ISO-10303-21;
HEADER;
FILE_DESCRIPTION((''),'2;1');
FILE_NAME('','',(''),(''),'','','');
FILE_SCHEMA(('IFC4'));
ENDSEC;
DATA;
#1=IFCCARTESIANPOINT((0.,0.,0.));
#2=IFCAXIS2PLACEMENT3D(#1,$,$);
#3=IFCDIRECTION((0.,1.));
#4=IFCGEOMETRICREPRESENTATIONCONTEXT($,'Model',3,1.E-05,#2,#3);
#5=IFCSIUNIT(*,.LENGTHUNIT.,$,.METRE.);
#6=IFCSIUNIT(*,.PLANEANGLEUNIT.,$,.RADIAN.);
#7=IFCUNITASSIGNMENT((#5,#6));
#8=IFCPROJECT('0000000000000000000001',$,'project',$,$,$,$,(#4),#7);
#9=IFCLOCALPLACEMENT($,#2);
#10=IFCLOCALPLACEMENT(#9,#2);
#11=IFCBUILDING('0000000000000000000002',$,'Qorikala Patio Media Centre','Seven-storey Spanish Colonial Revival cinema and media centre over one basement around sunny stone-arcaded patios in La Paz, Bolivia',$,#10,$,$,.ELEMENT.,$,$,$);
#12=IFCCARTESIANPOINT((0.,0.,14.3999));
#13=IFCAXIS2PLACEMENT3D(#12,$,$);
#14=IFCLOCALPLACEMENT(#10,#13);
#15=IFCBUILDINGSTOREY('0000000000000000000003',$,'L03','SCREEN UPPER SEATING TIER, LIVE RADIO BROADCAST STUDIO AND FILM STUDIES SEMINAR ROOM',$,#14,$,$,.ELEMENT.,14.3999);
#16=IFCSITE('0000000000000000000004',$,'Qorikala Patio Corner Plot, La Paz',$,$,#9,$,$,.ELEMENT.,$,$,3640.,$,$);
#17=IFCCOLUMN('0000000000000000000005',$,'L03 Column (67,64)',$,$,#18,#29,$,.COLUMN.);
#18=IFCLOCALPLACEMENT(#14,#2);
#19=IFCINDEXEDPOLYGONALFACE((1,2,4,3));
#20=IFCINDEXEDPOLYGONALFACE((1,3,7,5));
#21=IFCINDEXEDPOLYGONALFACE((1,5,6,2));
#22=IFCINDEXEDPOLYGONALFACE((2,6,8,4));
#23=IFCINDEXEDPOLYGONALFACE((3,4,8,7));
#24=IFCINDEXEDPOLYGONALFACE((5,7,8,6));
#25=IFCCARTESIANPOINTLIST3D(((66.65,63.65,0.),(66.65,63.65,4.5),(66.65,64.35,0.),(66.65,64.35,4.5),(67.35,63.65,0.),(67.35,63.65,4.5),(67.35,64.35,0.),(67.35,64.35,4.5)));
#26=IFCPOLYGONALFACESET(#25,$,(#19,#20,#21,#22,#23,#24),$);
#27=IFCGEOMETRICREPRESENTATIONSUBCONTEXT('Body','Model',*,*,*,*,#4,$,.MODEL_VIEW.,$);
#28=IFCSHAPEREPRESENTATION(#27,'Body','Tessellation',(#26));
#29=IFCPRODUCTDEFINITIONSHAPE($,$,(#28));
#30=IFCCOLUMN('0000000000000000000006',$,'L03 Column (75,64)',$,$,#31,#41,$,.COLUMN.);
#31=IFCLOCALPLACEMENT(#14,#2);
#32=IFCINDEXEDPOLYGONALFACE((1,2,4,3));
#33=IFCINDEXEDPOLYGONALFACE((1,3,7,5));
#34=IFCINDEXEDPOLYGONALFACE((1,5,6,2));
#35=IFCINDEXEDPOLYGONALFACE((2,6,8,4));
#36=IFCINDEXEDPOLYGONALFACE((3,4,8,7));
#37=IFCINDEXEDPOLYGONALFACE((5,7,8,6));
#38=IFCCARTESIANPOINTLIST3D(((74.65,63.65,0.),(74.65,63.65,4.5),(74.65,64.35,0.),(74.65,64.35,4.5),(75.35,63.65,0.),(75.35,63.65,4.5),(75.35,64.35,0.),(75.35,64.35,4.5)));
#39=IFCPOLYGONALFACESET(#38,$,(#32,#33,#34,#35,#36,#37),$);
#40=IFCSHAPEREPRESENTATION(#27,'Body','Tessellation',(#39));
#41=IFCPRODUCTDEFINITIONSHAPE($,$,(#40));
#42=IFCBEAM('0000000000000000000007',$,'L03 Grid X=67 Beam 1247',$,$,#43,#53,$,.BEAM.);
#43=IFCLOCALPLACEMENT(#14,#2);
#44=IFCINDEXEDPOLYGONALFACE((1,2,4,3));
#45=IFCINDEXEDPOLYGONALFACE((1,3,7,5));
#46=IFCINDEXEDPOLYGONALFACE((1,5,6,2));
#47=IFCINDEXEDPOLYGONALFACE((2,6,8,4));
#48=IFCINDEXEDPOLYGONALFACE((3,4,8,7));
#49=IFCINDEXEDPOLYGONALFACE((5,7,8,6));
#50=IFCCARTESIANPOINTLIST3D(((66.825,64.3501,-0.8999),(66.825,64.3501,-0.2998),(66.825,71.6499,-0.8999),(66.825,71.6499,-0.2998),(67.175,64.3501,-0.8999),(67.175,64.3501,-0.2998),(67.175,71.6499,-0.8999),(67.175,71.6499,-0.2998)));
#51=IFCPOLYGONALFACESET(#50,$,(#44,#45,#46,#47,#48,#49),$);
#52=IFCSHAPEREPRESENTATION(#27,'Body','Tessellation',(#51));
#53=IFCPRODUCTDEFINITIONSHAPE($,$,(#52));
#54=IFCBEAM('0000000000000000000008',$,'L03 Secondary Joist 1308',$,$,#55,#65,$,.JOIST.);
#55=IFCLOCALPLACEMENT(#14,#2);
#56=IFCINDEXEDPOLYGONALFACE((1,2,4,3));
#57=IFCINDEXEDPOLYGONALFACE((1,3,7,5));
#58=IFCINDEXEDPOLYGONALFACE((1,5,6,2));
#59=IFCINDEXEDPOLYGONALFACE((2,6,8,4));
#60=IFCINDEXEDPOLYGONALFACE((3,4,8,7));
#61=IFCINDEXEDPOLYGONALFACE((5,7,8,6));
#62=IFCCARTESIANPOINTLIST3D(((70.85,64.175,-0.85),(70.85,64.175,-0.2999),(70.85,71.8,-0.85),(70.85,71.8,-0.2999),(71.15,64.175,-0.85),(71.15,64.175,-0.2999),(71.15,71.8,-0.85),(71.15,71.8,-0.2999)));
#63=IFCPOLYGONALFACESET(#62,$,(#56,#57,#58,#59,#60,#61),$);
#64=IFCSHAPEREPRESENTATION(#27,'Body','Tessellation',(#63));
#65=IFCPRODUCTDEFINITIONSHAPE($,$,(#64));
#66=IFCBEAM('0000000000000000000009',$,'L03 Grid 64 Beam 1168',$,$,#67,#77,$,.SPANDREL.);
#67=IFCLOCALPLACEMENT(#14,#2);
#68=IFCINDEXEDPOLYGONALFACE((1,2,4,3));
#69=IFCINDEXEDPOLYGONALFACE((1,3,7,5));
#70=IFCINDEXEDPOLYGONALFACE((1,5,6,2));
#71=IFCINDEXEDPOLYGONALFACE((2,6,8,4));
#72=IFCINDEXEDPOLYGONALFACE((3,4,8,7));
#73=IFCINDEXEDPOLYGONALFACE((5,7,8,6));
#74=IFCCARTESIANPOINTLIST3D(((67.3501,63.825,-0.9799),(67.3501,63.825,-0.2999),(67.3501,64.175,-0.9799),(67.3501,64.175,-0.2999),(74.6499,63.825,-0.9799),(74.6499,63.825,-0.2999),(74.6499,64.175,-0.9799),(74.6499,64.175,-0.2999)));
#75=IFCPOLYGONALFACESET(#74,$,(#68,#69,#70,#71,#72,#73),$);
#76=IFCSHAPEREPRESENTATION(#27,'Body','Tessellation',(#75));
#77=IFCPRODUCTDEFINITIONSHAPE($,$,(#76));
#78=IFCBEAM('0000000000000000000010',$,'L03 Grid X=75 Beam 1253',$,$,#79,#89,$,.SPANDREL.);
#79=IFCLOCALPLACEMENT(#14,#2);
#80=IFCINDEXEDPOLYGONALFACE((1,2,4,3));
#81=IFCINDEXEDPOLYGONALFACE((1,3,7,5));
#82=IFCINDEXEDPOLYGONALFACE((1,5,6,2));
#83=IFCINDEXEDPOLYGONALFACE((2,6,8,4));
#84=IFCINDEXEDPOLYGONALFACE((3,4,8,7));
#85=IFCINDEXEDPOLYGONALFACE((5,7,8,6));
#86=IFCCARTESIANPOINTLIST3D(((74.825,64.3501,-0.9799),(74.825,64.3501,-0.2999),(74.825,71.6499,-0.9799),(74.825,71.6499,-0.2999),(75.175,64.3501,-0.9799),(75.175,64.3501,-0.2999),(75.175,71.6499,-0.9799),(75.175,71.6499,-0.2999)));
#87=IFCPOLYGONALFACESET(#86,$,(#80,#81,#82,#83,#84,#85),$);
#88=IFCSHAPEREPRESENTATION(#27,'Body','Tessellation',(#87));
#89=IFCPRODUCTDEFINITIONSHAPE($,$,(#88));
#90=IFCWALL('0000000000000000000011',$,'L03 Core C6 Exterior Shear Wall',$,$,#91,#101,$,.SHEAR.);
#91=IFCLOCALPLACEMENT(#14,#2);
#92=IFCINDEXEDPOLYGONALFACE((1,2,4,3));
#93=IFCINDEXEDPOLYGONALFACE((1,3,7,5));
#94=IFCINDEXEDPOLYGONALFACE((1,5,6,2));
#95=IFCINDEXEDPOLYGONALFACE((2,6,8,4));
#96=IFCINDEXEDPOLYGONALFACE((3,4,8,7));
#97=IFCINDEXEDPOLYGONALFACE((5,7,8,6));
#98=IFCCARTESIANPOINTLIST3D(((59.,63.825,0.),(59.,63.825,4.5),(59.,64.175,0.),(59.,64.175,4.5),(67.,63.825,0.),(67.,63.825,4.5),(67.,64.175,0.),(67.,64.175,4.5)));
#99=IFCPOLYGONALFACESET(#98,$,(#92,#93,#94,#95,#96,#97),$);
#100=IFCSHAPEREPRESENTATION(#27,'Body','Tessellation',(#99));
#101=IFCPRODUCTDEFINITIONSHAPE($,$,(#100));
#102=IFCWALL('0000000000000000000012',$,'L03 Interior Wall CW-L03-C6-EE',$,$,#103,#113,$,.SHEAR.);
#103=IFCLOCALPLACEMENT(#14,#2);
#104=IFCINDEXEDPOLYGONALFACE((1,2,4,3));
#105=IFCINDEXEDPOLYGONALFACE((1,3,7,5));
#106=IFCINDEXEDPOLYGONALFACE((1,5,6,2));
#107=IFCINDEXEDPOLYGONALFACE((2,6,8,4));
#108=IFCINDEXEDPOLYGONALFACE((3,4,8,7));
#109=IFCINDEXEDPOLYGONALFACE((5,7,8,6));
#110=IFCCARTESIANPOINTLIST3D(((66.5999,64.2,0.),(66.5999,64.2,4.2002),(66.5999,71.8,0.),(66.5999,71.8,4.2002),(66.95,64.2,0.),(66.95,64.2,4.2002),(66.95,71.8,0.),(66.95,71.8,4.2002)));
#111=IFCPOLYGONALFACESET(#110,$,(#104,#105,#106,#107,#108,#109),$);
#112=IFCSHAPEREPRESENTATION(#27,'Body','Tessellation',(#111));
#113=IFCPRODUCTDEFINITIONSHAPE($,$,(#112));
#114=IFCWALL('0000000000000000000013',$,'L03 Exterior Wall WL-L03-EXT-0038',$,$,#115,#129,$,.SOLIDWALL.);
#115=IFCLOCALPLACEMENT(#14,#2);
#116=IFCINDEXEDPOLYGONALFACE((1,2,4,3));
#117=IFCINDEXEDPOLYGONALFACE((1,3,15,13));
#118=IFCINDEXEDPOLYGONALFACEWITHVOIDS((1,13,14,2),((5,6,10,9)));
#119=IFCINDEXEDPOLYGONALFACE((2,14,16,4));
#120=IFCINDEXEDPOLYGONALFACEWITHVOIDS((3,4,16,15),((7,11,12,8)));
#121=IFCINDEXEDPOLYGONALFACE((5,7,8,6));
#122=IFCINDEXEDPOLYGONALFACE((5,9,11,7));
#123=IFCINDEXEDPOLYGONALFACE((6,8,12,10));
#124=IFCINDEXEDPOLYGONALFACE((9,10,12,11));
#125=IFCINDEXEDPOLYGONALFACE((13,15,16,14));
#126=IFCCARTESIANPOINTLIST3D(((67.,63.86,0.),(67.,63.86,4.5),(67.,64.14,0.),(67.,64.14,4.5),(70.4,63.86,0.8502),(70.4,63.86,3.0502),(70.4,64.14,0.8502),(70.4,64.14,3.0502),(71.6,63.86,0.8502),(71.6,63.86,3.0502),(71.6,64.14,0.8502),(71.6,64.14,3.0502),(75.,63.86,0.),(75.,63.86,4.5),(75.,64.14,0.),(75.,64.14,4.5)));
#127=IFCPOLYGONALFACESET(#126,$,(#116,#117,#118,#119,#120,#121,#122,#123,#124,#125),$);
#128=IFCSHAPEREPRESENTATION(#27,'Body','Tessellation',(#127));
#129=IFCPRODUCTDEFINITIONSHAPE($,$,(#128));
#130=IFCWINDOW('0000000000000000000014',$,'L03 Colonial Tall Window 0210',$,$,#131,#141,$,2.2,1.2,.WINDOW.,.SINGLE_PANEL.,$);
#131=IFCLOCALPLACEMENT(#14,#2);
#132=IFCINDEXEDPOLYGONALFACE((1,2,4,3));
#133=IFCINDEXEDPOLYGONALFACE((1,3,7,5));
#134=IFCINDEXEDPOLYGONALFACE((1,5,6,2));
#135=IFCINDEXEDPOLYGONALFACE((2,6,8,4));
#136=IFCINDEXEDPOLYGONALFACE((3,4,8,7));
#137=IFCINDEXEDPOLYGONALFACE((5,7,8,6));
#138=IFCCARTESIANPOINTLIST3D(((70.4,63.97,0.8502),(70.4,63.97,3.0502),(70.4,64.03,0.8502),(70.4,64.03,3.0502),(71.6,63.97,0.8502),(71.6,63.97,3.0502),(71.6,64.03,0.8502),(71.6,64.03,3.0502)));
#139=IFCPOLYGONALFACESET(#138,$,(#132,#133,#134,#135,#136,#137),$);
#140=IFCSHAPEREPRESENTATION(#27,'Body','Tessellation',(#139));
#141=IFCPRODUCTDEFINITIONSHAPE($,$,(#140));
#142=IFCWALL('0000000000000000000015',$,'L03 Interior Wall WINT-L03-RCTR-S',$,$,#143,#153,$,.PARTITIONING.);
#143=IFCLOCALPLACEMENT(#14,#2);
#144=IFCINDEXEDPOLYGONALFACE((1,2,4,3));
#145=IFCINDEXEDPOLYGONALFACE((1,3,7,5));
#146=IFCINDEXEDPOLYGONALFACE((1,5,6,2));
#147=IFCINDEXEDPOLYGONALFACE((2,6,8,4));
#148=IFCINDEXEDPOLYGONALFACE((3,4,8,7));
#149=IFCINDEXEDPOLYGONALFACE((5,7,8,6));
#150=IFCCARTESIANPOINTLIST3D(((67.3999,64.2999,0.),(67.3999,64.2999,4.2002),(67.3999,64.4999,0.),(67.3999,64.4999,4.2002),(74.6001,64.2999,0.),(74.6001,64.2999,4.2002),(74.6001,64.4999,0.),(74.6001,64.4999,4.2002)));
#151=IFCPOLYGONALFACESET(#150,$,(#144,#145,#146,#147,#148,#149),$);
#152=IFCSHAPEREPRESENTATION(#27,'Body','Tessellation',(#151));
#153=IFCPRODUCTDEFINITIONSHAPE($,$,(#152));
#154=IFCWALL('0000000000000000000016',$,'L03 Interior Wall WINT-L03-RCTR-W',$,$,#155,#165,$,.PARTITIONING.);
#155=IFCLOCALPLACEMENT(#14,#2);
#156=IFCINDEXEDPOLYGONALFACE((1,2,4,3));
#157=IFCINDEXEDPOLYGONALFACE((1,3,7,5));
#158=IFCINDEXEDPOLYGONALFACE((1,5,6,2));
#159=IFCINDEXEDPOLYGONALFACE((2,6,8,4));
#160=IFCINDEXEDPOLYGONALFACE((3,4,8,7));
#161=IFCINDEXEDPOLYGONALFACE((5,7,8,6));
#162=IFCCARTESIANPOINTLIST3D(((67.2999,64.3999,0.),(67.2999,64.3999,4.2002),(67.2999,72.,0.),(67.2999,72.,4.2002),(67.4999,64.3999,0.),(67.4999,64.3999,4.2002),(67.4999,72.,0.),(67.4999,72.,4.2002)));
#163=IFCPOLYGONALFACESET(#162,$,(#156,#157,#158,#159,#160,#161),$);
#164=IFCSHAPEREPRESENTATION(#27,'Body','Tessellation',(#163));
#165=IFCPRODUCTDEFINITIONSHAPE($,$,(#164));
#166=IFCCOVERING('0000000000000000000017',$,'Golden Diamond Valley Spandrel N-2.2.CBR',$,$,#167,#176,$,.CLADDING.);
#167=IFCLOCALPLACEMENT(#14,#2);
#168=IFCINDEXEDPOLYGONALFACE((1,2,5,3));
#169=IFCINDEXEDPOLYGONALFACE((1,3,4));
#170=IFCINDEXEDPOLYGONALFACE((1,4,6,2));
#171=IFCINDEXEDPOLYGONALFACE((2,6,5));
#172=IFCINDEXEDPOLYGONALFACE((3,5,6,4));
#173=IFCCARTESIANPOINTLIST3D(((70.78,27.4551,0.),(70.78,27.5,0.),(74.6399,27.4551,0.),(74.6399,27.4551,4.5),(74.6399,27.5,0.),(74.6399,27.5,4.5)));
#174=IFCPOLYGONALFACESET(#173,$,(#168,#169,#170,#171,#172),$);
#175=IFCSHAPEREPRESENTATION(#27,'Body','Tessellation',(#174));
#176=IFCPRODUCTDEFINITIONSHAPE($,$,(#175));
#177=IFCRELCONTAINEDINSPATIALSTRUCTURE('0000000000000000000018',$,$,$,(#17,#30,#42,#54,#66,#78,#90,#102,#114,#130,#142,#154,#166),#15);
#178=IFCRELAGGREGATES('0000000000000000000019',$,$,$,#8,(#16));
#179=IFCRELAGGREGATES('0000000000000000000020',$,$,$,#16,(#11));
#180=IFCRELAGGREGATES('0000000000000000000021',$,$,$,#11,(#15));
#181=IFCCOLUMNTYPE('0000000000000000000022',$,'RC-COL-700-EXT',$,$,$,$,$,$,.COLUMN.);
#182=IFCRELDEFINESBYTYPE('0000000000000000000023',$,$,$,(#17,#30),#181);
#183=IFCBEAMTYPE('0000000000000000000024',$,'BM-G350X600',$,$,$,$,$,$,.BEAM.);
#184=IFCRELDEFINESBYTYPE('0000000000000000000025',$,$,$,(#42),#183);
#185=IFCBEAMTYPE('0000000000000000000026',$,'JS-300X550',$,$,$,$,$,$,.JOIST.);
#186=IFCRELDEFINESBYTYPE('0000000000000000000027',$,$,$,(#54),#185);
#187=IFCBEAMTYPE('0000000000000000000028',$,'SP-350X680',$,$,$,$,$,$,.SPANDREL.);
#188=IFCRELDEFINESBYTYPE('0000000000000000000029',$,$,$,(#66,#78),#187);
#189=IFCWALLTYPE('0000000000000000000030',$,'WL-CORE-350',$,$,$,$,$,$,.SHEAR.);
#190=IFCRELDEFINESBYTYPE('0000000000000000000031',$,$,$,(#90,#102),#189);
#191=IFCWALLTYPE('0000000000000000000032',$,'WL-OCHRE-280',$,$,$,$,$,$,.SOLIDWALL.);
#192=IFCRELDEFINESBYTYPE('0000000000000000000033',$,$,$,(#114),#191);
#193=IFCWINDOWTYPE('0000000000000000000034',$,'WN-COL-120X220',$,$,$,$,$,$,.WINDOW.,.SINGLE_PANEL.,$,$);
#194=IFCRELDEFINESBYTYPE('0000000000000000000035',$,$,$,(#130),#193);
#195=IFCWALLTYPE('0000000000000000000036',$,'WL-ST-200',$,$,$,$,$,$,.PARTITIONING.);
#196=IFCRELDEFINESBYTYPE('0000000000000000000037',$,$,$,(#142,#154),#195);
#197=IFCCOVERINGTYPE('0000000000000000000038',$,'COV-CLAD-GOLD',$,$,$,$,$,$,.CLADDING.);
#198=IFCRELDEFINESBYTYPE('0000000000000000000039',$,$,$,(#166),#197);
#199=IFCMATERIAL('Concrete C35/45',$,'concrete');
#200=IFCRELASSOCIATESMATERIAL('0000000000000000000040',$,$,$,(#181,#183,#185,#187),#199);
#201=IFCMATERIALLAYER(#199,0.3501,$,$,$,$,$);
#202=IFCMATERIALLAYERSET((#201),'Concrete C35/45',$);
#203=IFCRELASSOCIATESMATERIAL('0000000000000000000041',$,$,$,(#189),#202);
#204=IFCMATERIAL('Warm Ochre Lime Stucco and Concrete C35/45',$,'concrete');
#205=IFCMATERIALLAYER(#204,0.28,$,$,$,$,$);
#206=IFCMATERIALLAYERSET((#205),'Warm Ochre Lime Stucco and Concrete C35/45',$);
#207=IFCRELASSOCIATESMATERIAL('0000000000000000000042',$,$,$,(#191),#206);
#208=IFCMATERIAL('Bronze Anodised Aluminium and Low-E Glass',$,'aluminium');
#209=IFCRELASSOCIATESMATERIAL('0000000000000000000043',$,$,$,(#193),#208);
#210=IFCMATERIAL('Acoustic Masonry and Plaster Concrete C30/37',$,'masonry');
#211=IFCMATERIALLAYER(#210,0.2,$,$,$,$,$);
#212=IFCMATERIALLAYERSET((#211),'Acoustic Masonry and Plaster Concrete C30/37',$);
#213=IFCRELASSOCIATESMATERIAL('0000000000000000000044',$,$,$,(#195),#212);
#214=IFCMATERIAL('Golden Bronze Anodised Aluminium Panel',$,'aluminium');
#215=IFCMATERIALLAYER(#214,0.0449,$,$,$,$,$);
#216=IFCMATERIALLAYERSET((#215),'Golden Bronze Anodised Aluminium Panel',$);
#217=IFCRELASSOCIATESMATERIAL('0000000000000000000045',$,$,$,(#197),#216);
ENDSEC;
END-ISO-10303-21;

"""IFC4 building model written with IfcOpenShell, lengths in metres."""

from ifc_helpers import new_model, si_unit, direction, frame, frame_2d, origin, origin_2d, place, context, subcontext, project, spatial, polyline, rectangle, outline, extrude, material, layer, layer_set, material_profile, profile_set, type_object, element, fill, save


model = new_model("IFC4")

# Units and contexts
model_context = context("Model", 3, precision=1e-05, world=origin(), true_north=direction((0.0, 1.0)))
body_context = subcontext(model_context, "Body", "Model", "MODEL_VIEW")
ifc_project = project(units=[si_unit("LENGTHUNIT", "METRE"), si_unit("PLANEANGLEUNIT", "RADIAN")], contexts=[model_context])

# Site, building, storey
site_placement = place(None, origin())
site = spatial("IfcSite", under=ifc_project, at=site_placement, Name="Qorikala Patio Corner Plot, La Paz", CompositionType="ELEMENT", RefElevation=3640.0)
building_placement = place(site_placement, origin())
building = spatial("IfcBuilding", under=site, at=building_placement, Name="Qorikala Patio Media Centre", Description="Seven-storey Spanish Colonial Revival cinema and media centre over one basement around sunny stone-arcaded patios in La Paz, Bolivia", CompositionType="ELEMENT")
storey_placement = place(building_placement, frame((0.0, 0.0, 14.3999)))
storey = spatial("IfcBuildingStorey", under=building, at=storey_placement, Name="L03", Description="SCREEN UPPER SEATING TIER, LIVE RADIO BROADCAST STUDIO AND FILM STUDIES SEMINAR ROOM", CompositionType="ELEMENT", Elevation=14.3999)

# Columns
ifc_material_1 = material(Name="Concrete C35/45", Category="concrete")
ifc_material_profile_1 = material_profile(ifc_material_1, rectangle(XDim=0.7, YDim=0.7, at=origin_2d()), Name="RC 700x700")
ifc_profile_set_1 = profile_set([ifc_material_profile_1], Name="Concrete C35/45")
column_type = type_object("IfcColumnType", Name="RC-COL-700-EXT", PredefinedType="COLUMN", material=ifc_profile_set_1)
for number, where, z_axis, x_axis, name in (
    (1, (67.0, 64.0, 0.0), (0.0, 0.0, 1.0), (1.0, 0.0, 0.0), "L03 Column (67,64)"),
    (2, (75.0, 64.0, 0.0), (0.0, 0.0, 1.0), (1.0, 0.0, 0.0), "L03 Column (75,64)"),
):
    element("IfcColumn", number, at=place(storey_placement, frame(where, z_axis=z_axis, x_axis=x_axis)), inside=storey, type_object=column_type, Name=name, PredefinedType="COLUMN", context=body_context, shape_type="SweptSolid", body=[
        extrude(rectangle(XDim=0.7, YDim=0.7, at=origin_2d()), origin(), (0.0, 0.0, 1.0), 4.5),
    ])

# Beams
ifc_material_profile_2 = material_profile(ifc_material_1, rectangle(XDim=0.3501, YDim=0.6001, at=origin_2d()), Name="RC 350x600")
ifc_profile_set_2 = profile_set([ifc_material_profile_2], Name="Concrete C35/45")
beam_type_1 = type_object("IfcBeamType", Name="BM-G350X600", PredefinedType="BEAM", material=ifc_profile_set_2)
beam_1_placement = place(storey_placement, frame((67.0, 64.3501, -0.5999), z_axis=(0.0, 1.0, 0.0), x_axis=(-1.0, 0.0, 0.0)))
element("IfcBeam", 3, at=beam_1_placement, inside=storey, type_object=beam_type_1, Name="L03 Grid X=67 Beam 1247", PredefinedType="BEAM", context=body_context, shape_type="SweptSolid", body=[
    extrude(rectangle(XDim=0.3501, YDim=0.6001, at=origin_2d()), origin(), (0.0, 0.0, 1.0), 7.2998),
])
ifc_material_profile_3 = material_profile(ifc_material_1, rectangle(XDim=0.3, YDim=0.55, at=origin_2d()), Name="RC 300x550")
ifc_profile_set_3 = profile_set([ifc_material_profile_3], Name="Concrete C35/45")
beam_type_2 = type_object("IfcBeamType", Name="JS-300X550", PredefinedType="JOIST", material=ifc_profile_set_3)
beam_2_placement = place(storey_placement, frame((71.0, 64.175, -0.575), z_axis=(0.0, 1.0, 0.0), x_axis=(-1.0, 0.0, 0.0)))
element("IfcBeam", 4, at=beam_2_placement, inside=storey, type_object=beam_type_2, Name="L03 Secondary Joist 1308", PredefinedType="JOIST", context=body_context, shape_type="SweptSolid", body=[
    extrude(rectangle(XDim=0.3, YDim=0.55, at=origin_2d()), origin(), (0.0, 0.0, 1.0), 7.625),
])
ifc_material_profile_4 = material_profile(ifc_material_1, rectangle(XDim=0.3501, YDim=0.6799, at=origin_2d()), Name="RC 350x680")
ifc_profile_set_4 = profile_set([ifc_material_profile_4], Name="Concrete C35/45")
beam_type_3 = type_object("IfcBeamType", Name="SP-350X680", PredefinedType="SPANDREL", material=ifc_profile_set_4)
for number, where, z_axis, x_axis, name in (
    (5, (67.3501, 64.0, -0.6399), (1.0, 0.0, 0.0), (0.0, 1.0, 0.0), "L03 Grid 64 Beam 1168"),
    (6, (75.0, 64.3501, -0.6399), (0.0, 1.0, 0.0), (-1.0, 0.0, 0.0), "L03 Grid X=75 Beam 1253"),
):
    element("IfcBeam", number, at=place(storey_placement, frame(where, z_axis=z_axis, x_axis=x_axis)), inside=storey, type_object=beam_type_3, Name=name, PredefinedType="SPANDREL", context=body_context, shape_type="SweptSolid", body=[
        extrude(rectangle(XDim=0.3501, YDim=0.6799, at=origin_2d()), origin(), (0.0, 0.0, 1.0), 7.2998),
    ])

# Walls
ifc_layer_1 = layer(ifc_material_1, 0.3501)
ifc_layer_set_1 = layer_set([ifc_layer_1], Name="Concrete C35/45")
wall_type_1 = type_object("IfcWallType", Name="WL-CORE-350", PredefinedType="SHEAR", material=ifc_layer_set_1)
wall_1_placement = place(storey_placement, frame((67.0, 64.0, 0.0), z_axis=(0.0, 0.0, 1.0), x_axis=(-1.0, 0.0, 0.0)))
element("IfcWall", 7, at=wall_1_placement, inside=storey, type_object=wall_type_1, Name="L03 Core C6 Exterior Shear Wall", PredefinedType="SHEAR", context=body_context, shape_type="SweptSolid", body=[
    extrude(rectangle(XDim=8.0, YDim=0.3501, at=frame_2d((4.0, 0.0))), origin(), (0.0, 0.0, 1.0), 4.5),
])
wall_2_placement = place(storey_placement, frame((66.7749, 64.2, 0.0), z_axis=(0.0, 0.0, 1.0), x_axis=(0.0, 1.0, 0.0)))
element("IfcWall", 8, at=wall_2_placement, inside=storey, type_object=wall_type_1, Name="L03 Interior Wall CW-L03-C6-EE", PredefinedType="SHEAR", context=body_context, shape_type="SweptSolid", body=[
    extrude(rectangle(XDim=7.6001, YDim=0.3501, at=frame_2d((3.8, 0.0))), origin(), (0.0, 0.0, 1.0), 4.2002),
])

# Wall, opening, window
ifc_material_2 = material(Name="Warm Ochre Lime Stucco and Concrete C35/45", Category="concrete")
ifc_layer_2 = layer(ifc_material_2, 0.28)
ifc_layer_set_2 = layer_set([ifc_layer_2], Name="Warm Ochre Lime Stucco and Concrete C35/45")
wall_type_2 = type_object("IfcWallType", Name="WL-OCHRE-280", PredefinedType="SOLIDWALL", material=ifc_layer_set_2)
wall_3_placement = place(storey_placement, frame((75.0, 64.0, 0.0), z_axis=(0.0, 0.0, 1.0), x_axis=(-1.0, 0.0, 0.0)))
wall_3 = element("IfcWall", 9, at=wall_3_placement, inside=storey, type_object=wall_type_2, Name="L03 Exterior Wall WL-L03-EXT-0038", PredefinedType="SOLIDWALL", context=body_context, shape_type="SweptSolid", body=[
    extrude(rectangle(XDim=8.0, YDim=0.28, at=frame_2d((4.0, 0.0))), origin(), (0.0, 0.0, 1.0), 4.5),
])
opening_placement = place(wall_3_placement, frame((3.3999, 0.0, 0.8501)))
opening = element("IfcOpeningElement", 10, at=opening_placement, cuts=wall_3, PredefinedType="OPENING", context=body_context, shape_type="SweptSolid", body=[
    extrude(rectangle(XDim=1.2, YDim=2.2, at=frame_2d((0.6001, 1.1001))), frame((0.0, 0.1499, 0.0), z_axis=(0.0, -1.0, 0.0), x_axis=(1.0, 0.0, 0.0)), (0.0, 0.0, 1.0), 0.3),
])
ifc_material_3 = material(Name="Bronze Anodised Aluminium and Low-E Glass", Category="aluminium")
window_type = type_object("IfcWindowType", Name="WN-COL-120X220", PartitioningType="SINGLE_PANEL", PredefinedType="WINDOW", material=ifc_material_3)
window_placement = place(opening_placement, origin())
window = element("IfcWindow", 11, at=window_placement, inside=storey, type_object=window_type, Name="L03 Colonial Tall Window 0210", OverallHeight=2.2, OverallWidth=1.2, PartitioningType="SINGLE_PANEL", PredefinedType="WINDOW", context=body_context, shape_type="SweptSolid", body=[
    extrude(rectangle(XDim=1.2, YDim=2.2, at=frame_2d((0.6001, 1.1001))), frame((0.0, 0.03, 0.0), z_axis=(0.0, -1.0, 0.0), x_axis=(1.0, 0.0, 0.0)), (0.0, 0.0, 1.0), 0.0601),
])
fill(opening, window)

# Walls
ifc_material_4 = material(Name="Acoustic Masonry and Plaster Concrete C30/37", Category="masonry")
ifc_layer_3 = layer(ifc_material_4, 0.2)
ifc_layer_set_3 = layer_set([ifc_layer_3], Name="Acoustic Masonry and Plaster Concrete C30/37")
wall_type_3 = type_object("IfcWallType", Name="WL-ST-200", PredefinedType="PARTITIONING", material=ifc_layer_set_3)
wall_4_placement = place(storey_placement, frame((67.3999, 64.3999, 0.0), z_axis=(0.0, 0.0, 1.0), x_axis=(1.0, 0.0, 0.0)))
element("IfcWall", 12, at=wall_4_placement, inside=storey, type_object=wall_type_3, Name="L03 Interior Wall WINT-L03-RCTR-S", PredefinedType="PARTITIONING", context=body_context, shape_type="SweptSolid", body=[
    extrude(rectangle(XDim=7.2002, YDim=0.2, at=frame_2d((3.6001, 0.0))), origin(), (0.0, 0.0, 1.0), 4.2002),
])
wall_5_placement = place(storey_placement, frame((67.3999, 64.3999, 0.0), z_axis=(0.0, 0.0, 1.0), x_axis=(0.0, 1.0, 0.0)))
element("IfcWall", 13, at=wall_5_placement, inside=storey, type_object=wall_type_3, Name="L03 Interior Wall WINT-L03-RCTR-W", PredefinedType="PARTITIONING", context=body_context, shape_type="SweptSolid", body=[
    extrude(rectangle(XDim=7.6001, YDim=0.2, at=frame_2d((3.8, 0.0))), origin(), (0.0, 0.0, 1.0), 4.2002),
])

# Covering
ifc_material_5 = material(Name="Golden Bronze Anodised Aluminium Panel", Category="aluminium")
ifc_layer_4 = layer(ifc_material_5, 0.0449)
ifc_layer_set_4 = layer_set([ifc_layer_4], Name="Golden Bronze Anodised Aluminium Panel")
covering_type = type_object("IfcCoveringType", Name="COV-CLAD-GOLD", PredefinedType="CLADDING", material=ifc_layer_set_4)
covering_1_placement = place(storey_placement, frame((74.6399, 27.5, 0.0), z_axis=(0.0, 1.0, 0.0), x_axis=(-1.0, 0.0, 0.0)))
element("IfcCovering", 14, at=covering_1_placement, inside=storey, type_object=covering_type, Name="Golden Diamond Valley Spandrel N-2.2.CBR", PredefinedType="CLADDING", context=body_context, shape_type="SweptSolid", body=[
    extrude(outline(polyline([(0.0, 0.0), (3.8599, 0.0), (0.0, 4.5), (0.0, 0.0)])), origin(), (0.0, 0.0, -1.0), 0.0449),
])

save(model, "model.ifc")
